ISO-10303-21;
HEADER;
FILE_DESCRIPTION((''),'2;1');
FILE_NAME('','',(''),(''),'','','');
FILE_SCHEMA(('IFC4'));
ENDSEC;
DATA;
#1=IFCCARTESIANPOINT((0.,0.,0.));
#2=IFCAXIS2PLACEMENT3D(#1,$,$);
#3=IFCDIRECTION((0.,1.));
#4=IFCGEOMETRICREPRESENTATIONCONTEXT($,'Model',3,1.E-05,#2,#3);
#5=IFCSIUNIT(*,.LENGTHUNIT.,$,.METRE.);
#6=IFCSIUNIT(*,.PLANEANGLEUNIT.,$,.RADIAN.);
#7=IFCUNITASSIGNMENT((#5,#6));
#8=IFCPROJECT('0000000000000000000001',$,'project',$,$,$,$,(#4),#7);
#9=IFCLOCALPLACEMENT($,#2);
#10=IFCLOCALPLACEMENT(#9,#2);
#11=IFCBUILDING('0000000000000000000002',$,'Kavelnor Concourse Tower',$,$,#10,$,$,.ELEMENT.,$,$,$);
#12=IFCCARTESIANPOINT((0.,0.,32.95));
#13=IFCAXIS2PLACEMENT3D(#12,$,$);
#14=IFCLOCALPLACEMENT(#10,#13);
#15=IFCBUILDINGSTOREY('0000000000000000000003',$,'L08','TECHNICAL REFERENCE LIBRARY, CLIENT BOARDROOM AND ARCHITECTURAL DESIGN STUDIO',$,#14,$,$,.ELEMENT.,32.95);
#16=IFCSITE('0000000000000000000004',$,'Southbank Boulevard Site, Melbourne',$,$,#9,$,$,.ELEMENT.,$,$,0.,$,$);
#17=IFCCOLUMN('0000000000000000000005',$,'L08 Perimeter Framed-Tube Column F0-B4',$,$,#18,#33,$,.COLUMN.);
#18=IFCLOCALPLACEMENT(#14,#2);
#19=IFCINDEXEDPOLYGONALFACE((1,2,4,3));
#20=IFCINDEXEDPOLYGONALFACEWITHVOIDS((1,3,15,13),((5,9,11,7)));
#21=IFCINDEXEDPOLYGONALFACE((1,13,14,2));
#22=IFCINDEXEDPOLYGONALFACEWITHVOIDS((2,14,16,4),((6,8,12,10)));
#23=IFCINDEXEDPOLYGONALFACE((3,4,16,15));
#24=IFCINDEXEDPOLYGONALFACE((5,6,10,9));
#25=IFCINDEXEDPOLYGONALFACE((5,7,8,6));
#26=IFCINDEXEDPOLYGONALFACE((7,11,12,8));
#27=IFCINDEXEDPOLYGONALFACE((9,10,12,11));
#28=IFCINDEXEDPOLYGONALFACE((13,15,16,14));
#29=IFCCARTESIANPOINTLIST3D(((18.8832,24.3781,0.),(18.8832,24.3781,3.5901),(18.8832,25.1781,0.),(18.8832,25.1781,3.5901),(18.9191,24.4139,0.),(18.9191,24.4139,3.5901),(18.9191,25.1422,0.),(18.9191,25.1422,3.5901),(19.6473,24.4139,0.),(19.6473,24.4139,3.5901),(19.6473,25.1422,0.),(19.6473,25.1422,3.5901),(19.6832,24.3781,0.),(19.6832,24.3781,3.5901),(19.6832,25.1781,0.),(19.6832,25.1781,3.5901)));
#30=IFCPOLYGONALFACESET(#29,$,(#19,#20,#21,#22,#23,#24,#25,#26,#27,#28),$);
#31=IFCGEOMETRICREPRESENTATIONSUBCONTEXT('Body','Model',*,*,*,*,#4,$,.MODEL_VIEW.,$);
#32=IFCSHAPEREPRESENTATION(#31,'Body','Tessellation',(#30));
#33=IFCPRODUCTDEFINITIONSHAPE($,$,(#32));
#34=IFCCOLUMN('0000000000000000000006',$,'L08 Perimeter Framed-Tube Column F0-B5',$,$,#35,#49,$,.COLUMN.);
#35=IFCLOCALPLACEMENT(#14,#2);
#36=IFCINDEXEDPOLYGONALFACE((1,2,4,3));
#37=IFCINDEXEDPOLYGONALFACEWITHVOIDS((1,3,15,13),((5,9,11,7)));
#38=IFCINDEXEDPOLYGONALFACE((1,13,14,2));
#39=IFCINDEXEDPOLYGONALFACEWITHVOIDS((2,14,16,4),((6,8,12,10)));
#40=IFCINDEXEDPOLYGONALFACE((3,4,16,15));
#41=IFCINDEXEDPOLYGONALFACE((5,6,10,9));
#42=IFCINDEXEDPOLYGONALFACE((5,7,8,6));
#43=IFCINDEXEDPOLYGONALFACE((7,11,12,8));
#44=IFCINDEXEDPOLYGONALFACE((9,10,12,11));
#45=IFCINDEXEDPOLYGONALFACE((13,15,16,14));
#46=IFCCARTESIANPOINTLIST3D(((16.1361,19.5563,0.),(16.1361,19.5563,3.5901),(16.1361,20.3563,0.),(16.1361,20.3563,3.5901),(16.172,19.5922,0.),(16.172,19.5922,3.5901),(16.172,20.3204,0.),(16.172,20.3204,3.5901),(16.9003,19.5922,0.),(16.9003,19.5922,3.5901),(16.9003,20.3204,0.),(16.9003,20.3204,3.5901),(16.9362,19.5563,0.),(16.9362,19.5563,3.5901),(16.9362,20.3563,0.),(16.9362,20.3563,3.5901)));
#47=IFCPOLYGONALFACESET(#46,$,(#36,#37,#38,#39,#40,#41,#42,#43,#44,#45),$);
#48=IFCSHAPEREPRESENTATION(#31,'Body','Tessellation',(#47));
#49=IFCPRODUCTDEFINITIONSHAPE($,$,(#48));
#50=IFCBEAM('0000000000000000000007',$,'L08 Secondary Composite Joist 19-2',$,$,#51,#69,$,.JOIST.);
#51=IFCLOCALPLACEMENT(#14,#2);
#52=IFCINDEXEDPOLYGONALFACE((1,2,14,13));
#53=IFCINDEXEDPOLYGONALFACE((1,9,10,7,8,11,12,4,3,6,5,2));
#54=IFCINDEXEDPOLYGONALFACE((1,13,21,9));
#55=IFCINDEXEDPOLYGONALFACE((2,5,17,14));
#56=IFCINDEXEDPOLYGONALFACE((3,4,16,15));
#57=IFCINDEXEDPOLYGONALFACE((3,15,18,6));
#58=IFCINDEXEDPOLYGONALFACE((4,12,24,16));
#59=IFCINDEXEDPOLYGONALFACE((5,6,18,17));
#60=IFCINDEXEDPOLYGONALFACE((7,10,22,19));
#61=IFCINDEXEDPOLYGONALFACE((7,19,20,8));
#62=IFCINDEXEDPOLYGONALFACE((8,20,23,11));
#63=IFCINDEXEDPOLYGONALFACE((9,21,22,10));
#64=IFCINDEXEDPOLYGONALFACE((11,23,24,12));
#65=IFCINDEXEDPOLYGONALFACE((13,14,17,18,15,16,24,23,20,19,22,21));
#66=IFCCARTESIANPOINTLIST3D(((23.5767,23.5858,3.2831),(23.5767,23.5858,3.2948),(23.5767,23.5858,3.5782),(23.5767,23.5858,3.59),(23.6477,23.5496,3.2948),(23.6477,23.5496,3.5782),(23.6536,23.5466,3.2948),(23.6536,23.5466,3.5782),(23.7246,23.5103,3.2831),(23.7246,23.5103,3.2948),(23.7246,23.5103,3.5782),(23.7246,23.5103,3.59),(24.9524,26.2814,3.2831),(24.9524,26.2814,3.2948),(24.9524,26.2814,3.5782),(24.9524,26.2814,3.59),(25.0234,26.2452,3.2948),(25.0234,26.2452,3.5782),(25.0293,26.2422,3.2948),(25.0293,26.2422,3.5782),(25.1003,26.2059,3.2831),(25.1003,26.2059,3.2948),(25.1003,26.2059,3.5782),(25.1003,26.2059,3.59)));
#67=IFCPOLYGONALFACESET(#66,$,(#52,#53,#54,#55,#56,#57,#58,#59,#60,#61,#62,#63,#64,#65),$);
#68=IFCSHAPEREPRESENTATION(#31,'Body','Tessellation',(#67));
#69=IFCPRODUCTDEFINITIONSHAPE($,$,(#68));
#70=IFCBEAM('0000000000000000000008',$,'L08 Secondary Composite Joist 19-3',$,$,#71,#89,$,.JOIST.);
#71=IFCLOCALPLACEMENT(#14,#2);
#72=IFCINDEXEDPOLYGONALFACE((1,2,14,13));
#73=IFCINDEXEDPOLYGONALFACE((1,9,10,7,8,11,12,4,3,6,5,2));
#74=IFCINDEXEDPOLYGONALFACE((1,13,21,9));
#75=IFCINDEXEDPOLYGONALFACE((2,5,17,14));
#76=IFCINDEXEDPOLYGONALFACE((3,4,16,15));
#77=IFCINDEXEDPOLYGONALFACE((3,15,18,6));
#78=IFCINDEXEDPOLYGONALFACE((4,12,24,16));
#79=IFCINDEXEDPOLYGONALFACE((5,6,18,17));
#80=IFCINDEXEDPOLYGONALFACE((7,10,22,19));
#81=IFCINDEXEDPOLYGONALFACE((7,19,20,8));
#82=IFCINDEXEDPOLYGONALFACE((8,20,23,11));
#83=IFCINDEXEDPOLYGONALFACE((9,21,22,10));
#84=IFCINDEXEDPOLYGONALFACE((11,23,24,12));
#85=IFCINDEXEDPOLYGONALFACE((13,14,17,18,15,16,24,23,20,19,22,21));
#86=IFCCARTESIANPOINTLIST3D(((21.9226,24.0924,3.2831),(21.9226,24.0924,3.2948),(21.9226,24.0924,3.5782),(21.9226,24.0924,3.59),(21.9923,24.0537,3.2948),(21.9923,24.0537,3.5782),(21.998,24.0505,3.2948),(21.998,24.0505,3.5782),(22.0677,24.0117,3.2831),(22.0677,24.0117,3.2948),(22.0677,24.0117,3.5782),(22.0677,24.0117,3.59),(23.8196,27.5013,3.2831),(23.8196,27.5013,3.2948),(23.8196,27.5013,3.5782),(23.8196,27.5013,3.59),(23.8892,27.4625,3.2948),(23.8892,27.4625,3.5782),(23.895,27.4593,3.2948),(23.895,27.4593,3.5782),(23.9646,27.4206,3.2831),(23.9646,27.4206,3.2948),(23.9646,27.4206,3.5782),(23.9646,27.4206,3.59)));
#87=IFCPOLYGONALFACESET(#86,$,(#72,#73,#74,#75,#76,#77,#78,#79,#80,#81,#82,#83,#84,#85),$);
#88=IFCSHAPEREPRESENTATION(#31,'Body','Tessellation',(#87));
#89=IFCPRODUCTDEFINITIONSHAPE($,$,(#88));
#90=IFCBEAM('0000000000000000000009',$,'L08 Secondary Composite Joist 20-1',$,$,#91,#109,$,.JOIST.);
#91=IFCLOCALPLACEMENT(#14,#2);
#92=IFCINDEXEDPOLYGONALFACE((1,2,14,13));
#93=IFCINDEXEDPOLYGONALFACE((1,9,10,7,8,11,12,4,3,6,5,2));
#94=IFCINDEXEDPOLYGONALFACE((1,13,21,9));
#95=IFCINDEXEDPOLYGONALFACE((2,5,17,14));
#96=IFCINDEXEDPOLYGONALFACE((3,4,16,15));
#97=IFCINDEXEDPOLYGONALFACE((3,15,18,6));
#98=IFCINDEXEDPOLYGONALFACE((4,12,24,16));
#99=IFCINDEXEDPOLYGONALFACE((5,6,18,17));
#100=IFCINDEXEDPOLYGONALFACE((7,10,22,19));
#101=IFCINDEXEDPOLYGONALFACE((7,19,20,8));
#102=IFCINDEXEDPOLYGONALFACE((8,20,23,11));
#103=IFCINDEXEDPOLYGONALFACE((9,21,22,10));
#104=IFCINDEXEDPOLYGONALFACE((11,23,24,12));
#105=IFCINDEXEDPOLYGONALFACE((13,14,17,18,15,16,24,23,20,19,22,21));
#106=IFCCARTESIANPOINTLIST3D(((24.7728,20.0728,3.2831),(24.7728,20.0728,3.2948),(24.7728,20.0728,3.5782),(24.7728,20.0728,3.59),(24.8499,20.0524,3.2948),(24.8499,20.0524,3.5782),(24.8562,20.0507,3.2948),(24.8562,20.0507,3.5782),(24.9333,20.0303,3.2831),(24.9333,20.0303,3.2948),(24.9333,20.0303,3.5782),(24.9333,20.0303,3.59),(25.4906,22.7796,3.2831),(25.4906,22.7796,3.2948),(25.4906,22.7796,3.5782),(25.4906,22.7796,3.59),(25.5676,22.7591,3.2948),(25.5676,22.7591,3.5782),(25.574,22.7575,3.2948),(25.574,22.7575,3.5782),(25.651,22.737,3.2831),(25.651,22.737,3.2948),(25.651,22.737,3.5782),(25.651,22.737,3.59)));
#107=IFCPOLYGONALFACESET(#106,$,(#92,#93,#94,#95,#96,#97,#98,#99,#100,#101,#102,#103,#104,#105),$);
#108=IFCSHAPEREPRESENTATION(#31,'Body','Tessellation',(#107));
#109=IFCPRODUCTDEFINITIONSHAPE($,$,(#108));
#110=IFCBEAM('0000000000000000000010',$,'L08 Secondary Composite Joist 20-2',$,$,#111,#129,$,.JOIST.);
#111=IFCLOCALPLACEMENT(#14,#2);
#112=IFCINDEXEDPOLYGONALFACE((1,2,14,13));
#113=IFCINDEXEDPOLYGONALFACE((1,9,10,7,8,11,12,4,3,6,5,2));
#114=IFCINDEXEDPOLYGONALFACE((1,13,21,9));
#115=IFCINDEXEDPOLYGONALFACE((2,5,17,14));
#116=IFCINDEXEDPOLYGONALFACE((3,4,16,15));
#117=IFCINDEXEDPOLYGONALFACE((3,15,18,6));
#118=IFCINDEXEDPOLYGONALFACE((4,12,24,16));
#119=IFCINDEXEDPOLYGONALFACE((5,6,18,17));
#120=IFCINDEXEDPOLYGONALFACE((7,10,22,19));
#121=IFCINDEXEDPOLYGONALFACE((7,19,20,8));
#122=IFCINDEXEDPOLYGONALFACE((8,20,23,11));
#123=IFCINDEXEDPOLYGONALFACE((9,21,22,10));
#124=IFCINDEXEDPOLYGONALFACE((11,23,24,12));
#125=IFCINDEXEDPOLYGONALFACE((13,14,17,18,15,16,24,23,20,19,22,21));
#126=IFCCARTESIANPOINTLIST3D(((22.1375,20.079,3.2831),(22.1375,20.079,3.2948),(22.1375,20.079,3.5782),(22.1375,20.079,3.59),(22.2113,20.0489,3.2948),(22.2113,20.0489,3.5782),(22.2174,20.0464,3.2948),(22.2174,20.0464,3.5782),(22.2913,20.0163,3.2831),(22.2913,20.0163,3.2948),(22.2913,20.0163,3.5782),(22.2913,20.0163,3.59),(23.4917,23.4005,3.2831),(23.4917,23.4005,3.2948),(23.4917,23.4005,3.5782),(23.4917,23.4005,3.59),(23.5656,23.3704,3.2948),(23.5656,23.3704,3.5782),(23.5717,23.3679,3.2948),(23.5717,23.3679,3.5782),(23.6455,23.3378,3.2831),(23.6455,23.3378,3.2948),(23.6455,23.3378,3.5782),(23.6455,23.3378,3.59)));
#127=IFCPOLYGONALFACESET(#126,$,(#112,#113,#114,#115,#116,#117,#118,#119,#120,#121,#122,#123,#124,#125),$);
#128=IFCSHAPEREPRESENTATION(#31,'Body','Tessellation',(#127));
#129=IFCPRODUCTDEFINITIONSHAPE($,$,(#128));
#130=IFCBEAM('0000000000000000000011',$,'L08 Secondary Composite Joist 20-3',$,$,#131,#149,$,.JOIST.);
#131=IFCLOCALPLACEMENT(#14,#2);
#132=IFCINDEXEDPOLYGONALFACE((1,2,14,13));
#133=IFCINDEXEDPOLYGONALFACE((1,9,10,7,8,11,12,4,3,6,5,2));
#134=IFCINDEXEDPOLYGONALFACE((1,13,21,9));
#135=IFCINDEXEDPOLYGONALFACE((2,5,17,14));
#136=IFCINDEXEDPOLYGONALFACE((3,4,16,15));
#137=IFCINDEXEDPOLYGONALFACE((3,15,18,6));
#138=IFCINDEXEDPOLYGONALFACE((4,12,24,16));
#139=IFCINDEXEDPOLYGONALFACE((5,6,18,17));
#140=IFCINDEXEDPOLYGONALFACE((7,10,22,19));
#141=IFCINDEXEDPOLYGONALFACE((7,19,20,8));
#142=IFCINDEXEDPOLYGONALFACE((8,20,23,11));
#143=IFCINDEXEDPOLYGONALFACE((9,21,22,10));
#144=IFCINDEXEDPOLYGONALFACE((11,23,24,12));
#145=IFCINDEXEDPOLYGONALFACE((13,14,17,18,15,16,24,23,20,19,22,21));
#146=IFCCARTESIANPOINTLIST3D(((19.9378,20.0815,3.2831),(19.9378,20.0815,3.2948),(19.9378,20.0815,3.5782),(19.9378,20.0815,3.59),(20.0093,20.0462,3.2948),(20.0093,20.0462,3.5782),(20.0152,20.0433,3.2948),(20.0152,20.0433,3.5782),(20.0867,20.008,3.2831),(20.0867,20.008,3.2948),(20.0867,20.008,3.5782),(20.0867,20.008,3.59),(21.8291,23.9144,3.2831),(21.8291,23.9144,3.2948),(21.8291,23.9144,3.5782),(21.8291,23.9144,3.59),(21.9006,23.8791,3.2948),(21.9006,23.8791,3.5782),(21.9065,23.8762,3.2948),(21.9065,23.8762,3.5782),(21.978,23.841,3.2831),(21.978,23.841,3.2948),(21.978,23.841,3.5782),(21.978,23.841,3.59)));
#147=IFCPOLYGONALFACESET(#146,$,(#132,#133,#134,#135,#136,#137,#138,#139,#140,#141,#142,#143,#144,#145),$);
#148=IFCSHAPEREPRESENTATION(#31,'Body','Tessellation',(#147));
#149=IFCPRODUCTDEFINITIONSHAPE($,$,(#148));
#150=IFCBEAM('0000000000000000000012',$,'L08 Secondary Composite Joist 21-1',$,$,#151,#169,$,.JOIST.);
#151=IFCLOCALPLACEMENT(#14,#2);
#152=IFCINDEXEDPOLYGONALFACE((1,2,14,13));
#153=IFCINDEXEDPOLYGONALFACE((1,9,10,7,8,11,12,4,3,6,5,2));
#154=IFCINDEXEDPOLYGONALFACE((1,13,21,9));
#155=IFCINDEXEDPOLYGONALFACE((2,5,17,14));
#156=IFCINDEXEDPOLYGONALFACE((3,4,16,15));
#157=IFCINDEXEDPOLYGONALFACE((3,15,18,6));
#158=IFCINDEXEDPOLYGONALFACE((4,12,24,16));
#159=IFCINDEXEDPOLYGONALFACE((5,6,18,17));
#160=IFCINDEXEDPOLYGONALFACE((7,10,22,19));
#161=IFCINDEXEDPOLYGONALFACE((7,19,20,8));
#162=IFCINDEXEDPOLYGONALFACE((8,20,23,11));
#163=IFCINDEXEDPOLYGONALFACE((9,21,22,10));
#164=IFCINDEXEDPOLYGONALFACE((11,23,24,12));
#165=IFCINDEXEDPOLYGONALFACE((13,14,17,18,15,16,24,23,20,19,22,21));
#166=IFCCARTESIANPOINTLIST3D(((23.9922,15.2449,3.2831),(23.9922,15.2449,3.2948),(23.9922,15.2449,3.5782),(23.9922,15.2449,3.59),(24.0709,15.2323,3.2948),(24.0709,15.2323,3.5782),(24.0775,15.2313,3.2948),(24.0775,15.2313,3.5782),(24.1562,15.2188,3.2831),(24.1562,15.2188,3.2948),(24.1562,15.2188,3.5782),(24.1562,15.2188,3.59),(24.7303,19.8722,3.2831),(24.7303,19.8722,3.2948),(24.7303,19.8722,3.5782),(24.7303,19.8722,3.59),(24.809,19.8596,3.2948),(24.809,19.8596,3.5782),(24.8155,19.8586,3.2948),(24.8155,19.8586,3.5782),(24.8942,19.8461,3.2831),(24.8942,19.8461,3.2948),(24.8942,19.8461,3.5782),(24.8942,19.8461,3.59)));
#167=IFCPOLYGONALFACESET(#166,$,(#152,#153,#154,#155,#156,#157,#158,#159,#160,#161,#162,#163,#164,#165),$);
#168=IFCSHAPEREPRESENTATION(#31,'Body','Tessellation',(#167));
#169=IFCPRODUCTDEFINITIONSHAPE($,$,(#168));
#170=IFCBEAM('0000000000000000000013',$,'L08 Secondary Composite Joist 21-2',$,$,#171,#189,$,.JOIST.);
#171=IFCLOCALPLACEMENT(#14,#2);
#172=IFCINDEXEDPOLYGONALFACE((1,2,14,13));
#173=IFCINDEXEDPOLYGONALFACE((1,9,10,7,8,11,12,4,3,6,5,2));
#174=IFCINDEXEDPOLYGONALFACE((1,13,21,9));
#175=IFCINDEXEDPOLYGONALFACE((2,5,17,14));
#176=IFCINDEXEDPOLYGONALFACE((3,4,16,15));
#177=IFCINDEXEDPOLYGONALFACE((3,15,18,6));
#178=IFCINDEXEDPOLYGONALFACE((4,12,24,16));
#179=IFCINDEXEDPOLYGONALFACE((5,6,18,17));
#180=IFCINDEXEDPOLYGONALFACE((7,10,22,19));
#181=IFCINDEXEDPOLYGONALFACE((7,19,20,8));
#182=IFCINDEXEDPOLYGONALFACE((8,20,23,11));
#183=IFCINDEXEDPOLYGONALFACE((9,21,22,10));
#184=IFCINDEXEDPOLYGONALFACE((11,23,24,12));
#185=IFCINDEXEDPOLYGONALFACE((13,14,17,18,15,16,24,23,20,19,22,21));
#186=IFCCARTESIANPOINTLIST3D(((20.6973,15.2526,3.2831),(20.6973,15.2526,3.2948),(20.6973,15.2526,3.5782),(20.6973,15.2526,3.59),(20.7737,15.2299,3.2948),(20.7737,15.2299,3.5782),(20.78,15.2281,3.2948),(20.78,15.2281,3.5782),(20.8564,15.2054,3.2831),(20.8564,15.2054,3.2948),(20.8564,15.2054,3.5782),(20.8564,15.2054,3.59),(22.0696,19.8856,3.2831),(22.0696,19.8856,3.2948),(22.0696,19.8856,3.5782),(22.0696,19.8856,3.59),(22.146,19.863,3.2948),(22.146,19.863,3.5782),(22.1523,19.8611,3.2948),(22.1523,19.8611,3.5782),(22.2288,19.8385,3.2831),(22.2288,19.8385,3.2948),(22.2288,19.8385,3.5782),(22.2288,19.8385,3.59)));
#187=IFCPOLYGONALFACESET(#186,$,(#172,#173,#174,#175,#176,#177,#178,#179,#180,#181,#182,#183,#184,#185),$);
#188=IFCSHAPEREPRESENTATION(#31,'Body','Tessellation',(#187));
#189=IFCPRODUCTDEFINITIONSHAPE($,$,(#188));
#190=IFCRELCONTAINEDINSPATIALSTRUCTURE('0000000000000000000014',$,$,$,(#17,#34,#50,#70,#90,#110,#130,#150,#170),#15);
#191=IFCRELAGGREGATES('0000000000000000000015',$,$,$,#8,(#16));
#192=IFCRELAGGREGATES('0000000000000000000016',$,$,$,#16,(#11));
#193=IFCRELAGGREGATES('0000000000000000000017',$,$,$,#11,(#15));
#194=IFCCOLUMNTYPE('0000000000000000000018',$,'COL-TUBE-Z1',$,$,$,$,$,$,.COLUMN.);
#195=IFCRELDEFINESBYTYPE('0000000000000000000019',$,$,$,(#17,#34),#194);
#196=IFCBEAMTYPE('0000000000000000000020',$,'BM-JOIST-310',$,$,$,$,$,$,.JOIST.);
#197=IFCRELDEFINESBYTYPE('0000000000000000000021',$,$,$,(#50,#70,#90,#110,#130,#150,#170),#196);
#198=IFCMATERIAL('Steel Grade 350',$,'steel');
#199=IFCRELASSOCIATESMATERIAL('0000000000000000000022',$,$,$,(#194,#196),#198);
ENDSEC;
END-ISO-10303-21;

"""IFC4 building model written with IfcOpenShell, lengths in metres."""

from ifc_helpers import new_model, si_unit, direction, frame, origin, origin_2d, place, context, subcontext, project, spatial, hollow_rectangle, i_section, extrude, material, material_profile, profile_set, type_object, element, save


model = new_model("IFC4")

# Units and contexts
model_context = context("Model", 3, precision=1e-05, world=origin(), true_north=direction((0.0, 1.0)))
body_context = subcontext(model_context, "Body", "Model", "MODEL_VIEW")
ifc_project = project(units=[si_unit("LENGTHUNIT", "METRE"), si_unit("PLANEANGLEUNIT", "RADIAN")], contexts=[model_context])

# Site, building, storey
site_placement = place(None, origin())
site = spatial("IfcSite", under=ifc_project, at=site_placement, Name="Southbank Boulevard Site, Melbourne", CompositionType="ELEMENT", RefElevation=0.0)
building_placement = place(site_placement, origin())
building = spatial("IfcBuilding", under=site, at=building_placement, Name="Kavelnor Concourse Tower", CompositionType="ELEMENT")
storey_placement = place(building_placement, frame((0.0, 0.0, 32.95)))
storey = spatial("IfcBuildingStorey", under=building, at=storey_placement, Name="L08", Description="TECHNICAL REFERENCE LIBRARY, CLIENT BOARDROOM AND ARCHITECTURAL DESIGN STUDIO", CompositionType="ELEMENT", Elevation=32.95)

# Columns
ifc_material_1 = material(Name="Steel Grade 350", Category="steel")
ifc_material_profile_1 = material_profile(ifc_material_1, hollow_rectangle(XDim=0.8, YDim=0.8, WallThickness=0.0359, at=origin_2d()), Name="SHS 800x800x36")
ifc_profile_set_1 = profile_set([ifc_material_profile_1], Name="Steel Grade 350")
column_type = type_object("IfcColumnType", Name="COL-TUBE-Z1", PredefinedType="COLUMN", material=ifc_profile_set_1)
for number, where, z_axis, x_axis, name in (
    (1, (19.2832, 24.7781, 0.0), (0.0, 0.0, 1.0), (1.0, 0.0, 0.0), "L08 Perimeter Framed-Tube Column F0-B4"),
    (2, (16.5361, 19.9563, 0.0), (0.0, 0.0, 1.0), (1.0, 0.0, 0.0), "L08 Perimeter Framed-Tube Column F0-B5"),
):
    element("IfcColumn", number, at=place(storey_placement, frame(where, z_axis=z_axis, x_axis=x_axis)), inside=storey, type_object=column_type, Name=name, PredefinedType="COLUMN", context=body_context, shape_type="SweptSolid", body=[
        extrude(hollow_rectangle(XDim=0.8, YDim=0.8, WallThickness=0.0359, at=origin_2d()), origin(), (0.0, 0.0, 1.0), 3.5901),
    ])

# Beams
ifc_material_profile_2 = material_profile(ifc_material_1, i_section(OverallWidth=0.166, OverallDepth=0.3069, WebThickness=0.0066, FlangeThickness=0.0117, at=origin_2d()), Name="310UB46")
ifc_profile_set_2 = profile_set([ifc_material_profile_2], Name="Steel Grade 350")
beam_type_1 = type_object("IfcBeamType", Name="BM-JOIST-310", PredefinedType="JOIST", material=ifc_profile_set_2)
beam_1_placement = place(storey_placement, frame((25.0264, 26.2437, 3.4365), z_axis=(-0.454588, -0.890702, 0.0), x_axis=(0.890702, -0.454588, 0.0)))
element("IfcBeam", 3, at=beam_1_placement, inside=storey, type_object=beam_type_1, Name="L08 Secondary Composite Joist 19-2", PredefinedType="JOIST", context=body_context, shape_type="SweptSolid", body=[
    extrude(i_section(OverallWidth=0.166, OverallDepth=0.3069, WebThickness=0.0066, FlangeThickness=0.0117, at=origin_2d()), origin(), (0.0, 0.0, 1.0), 3.0264),
])
beam_2_placement = place(storey_placement, frame((23.8921, 27.4609, 3.4365), z_axis=(-0.486254, -0.873818, 0.0), x_axis=(0.873818, -0.486254, 0.0)))
element("IfcBeam", 4, at=beam_2_placement, inside=storey, type_object=beam_type_1, Name="L08 Secondary Composite Joist 19-3", PredefinedType="JOIST", context=body_context, shape_type="SweptSolid", body=[
    extrude(i_section(OverallWidth=0.166, OverallDepth=0.3069, WebThickness=0.0066, FlangeThickness=0.0117, at=origin_2d()), origin(), (0.0, 0.0, 1.0), 3.9011),
])
beam_3_placement = place(storey_placement, frame((25.5708, 22.7583, 3.4365), z_axis=(-0.256317, -0.966593, 0.0), x_axis=(0.966593, -0.256317, 0.0)))
element("IfcBeam", 5, at=beam_3_placement, inside=storey, type_object=beam_type_1, Name="L08 Secondary Composite Joist 20-1", PredefinedType="JOIST", context=body_context, shape_type="SweptSolid", body=[
    extrude(i_section(OverallWidth=0.166, OverallDepth=0.3069, WebThickness=0.0066, FlangeThickness=0.0117, at=origin_2d()), origin(), (0.0, 0.0, 1.0), 2.8003),
])
beam_4_placement = place(storey_placement, frame((23.5686, 23.3691, 3.4365), z_axis=(-0.377543, -0.925992, 0.0), x_axis=(0.925992, -0.377543, 0.0)))
element("IfcBeam", 6, at=beam_4_placement, inside=storey, type_object=beam_type_1, Name="L08 Secondary Composite Joist 20-2", PredefinedType="JOIST", context=body_context, shape_type="SweptSolid", body=[
    extrude(i_section(OverallWidth=0.166, OverallDepth=0.3069, WebThickness=0.0066, FlangeThickness=0.0117, at=origin_2d()), origin(), (0.0, 0.0, 1.0), 3.5869),
])
beam_5_placement = place(storey_placement, frame((21.9036, 23.8777, 3.4365), z_axis=(-0.442501, -0.896768, 0.0), x_axis=(0.896768, -0.442501, 0.0)))
element("IfcBeam", 7, at=beam_5_placement, inside=storey, type_object=beam_type_1, Name="L08 Secondary Composite Joist 20-3", PredefinedType="JOIST", context=body_context, shape_type="SweptSolid", body=[
    extrude(i_section(OverallWidth=0.166, OverallDepth=0.3069, WebThickness=0.0066, FlangeThickness=0.0117, at=origin_2d()), origin(), (0.0, 0.0, 1.0), 4.2742),
])
beam_6_placement = place(storey_placement, frame((24.8123, 19.8591, 3.4365), z_axis=(-0.157509, -0.987518, 0.0), x_axis=(0.987518, -0.157509, 0.0)))
element("IfcBeam", 8, at=beam_6_placement, inside=storey, type_object=beam_type_1, Name="L08 Secondary Composite Joist 21-1", PredefinedType="JOIST", context=body_context, shape_type="SweptSolid", body=[
    extrude(i_section(OverallWidth=0.166, OverallDepth=0.3069, WebThickness=0.0066, FlangeThickness=0.0117, at=origin_2d()), origin(), (0.0, 0.0, 1.0), 4.6858),
])
beam_7_placement = place(storey_placement, frame((22.1492, 19.8621, 3.4365), z_axis=(-0.284004, -0.958823, 0.0), x_axis=(0.958823, -0.284004, 0.0)))
element("IfcBeam", 9, at=beam_7_placement, inside=storey, type_object=beam_type_1, Name="L08 Secondary Composite Joist 21-2", PredefinedType="JOIST", context=body_context, shape_type="SweptSolid", body=[
    extrude(i_section(OverallWidth=0.166, OverallDepth=0.3069, WebThickness=0.0066, FlangeThickness=0.0117, at=origin_2d()), origin(), (0.0, 0.0, 1.0), 4.832),
])

save(model, "model.ifc")
